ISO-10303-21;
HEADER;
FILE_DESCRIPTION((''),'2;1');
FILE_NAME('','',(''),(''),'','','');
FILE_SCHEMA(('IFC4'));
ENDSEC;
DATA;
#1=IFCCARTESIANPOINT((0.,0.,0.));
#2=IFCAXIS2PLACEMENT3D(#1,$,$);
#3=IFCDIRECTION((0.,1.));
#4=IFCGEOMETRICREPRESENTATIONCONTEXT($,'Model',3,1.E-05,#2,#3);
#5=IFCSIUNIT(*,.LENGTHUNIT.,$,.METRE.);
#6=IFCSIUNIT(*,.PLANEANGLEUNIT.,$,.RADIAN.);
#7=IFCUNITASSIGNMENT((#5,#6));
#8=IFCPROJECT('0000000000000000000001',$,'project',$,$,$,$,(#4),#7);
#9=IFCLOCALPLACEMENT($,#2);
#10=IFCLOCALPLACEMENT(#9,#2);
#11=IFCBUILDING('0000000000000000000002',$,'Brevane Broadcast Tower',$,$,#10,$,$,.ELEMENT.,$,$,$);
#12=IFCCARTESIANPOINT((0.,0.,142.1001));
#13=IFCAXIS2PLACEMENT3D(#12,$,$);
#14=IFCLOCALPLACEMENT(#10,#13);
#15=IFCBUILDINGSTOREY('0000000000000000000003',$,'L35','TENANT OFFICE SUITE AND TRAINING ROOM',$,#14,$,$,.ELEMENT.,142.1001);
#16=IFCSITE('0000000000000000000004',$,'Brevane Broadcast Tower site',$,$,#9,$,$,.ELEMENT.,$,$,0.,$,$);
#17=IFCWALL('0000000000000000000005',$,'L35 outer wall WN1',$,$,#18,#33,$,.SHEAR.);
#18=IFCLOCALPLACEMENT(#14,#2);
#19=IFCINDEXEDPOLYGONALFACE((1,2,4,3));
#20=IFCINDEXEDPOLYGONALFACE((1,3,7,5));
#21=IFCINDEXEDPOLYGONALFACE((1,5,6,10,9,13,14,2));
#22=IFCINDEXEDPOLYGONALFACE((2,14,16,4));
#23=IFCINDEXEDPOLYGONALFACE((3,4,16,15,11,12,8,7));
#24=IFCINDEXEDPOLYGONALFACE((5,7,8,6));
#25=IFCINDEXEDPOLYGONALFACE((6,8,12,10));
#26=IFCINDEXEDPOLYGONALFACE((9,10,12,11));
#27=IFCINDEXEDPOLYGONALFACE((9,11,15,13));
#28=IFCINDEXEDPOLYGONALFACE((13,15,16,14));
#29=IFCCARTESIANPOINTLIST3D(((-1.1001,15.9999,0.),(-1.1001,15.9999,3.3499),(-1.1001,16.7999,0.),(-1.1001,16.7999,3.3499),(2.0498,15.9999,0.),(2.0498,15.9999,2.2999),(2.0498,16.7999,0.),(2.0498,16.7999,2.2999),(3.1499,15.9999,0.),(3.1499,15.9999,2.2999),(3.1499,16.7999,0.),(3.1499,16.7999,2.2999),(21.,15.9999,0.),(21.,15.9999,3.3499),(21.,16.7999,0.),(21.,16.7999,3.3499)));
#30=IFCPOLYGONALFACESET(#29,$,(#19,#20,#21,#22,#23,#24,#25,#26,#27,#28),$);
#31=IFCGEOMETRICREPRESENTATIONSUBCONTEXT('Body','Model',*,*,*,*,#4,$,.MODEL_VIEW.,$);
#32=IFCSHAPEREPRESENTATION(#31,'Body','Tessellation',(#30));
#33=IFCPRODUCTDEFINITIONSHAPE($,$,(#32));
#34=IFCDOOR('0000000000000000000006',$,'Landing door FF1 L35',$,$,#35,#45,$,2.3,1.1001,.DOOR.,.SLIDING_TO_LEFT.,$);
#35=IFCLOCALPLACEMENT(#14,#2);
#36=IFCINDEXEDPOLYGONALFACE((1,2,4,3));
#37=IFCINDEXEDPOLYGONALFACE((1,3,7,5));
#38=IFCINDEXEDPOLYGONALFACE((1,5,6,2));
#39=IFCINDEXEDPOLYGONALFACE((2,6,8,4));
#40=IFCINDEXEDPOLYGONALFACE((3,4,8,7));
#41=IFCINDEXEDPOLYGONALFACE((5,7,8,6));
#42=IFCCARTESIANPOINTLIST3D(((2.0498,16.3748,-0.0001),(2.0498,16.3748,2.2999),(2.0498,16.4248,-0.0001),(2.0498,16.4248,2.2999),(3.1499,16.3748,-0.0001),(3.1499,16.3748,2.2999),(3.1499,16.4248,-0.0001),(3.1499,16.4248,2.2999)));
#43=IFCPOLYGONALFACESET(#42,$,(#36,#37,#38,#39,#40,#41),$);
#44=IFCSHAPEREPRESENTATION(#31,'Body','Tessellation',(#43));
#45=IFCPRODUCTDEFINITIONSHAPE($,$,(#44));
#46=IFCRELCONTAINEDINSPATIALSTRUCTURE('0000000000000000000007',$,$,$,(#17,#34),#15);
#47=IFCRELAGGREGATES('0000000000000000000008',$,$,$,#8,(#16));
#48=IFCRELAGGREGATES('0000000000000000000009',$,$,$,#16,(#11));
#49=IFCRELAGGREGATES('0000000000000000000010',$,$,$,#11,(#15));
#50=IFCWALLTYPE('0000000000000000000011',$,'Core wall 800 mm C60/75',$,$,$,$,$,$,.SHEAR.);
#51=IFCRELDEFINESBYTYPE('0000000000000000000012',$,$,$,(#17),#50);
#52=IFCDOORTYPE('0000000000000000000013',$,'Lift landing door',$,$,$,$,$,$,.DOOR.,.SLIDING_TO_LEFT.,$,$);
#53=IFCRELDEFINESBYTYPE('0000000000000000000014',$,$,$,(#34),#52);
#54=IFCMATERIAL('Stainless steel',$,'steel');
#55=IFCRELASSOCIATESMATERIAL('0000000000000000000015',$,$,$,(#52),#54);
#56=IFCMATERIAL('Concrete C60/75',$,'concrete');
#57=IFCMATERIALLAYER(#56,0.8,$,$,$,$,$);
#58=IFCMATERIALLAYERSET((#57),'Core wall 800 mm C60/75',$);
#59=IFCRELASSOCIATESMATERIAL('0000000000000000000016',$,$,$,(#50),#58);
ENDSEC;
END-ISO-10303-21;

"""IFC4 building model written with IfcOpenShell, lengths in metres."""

from ifc_helpers import new_model, si_unit, direction, frame, frame_2d, origin, place, context, subcontext, project, spatial, rectangle, extrude, material, layer, layer_set, type_object, element, fill, save


model = new_model("IFC4")

# Units and contexts
model_context = context("Model", 3, precision=1e-05, world=origin(), true_north=direction((0.0, 1.0)))
body_context = subcontext(model_context, "Body", "Model", "MODEL_VIEW")
ifc_project = project(units=[si_unit("LENGTHUNIT", "METRE"), si_unit("PLANEANGLEUNIT", "RADIAN")], contexts=[model_context])

# Site, building, storey
site_placement = place(None, origin())
site = spatial("IfcSite", under=ifc_project, at=site_placement, Name="Brevane Broadcast Tower site", CompositionType="ELEMENT", RefElevation=0.0)
building_placement = place(site_placement, origin())
building = spatial("IfcBuilding", under=site, at=building_placement, Name="Brevane Broadcast Tower", CompositionType="ELEMENT")
storey_placement = place(building_placement, frame((0.0, 0.0, 142.1001)))
storey = spatial("IfcBuildingStorey", under=building, at=storey_placement, Name="L35", Description="TENANT OFFICE SUITE AND TRAINING ROOM", CompositionType="ELEMENT", Elevation=142.1001)

# Shared definitions
ifc_material_1 = material(Name="Concrete C60/75", Category="concrete")
ifc_material_2 = material(Name="Stainless steel", Category="steel")
door_type_1 = type_object("IfcDoorType", Name="Lift landing door", OperationType="SLIDING_TO_LEFT", PredefinedType="DOOR", material=ifc_material_2)

# Wall, opening, door
ifc_layer_1 = layer(ifc_material_1, 0.8)
ifc_layer_set_1 = layer_set([ifc_layer_1], Name="Core wall 800 mm C60/75")
wall_type_1 = type_object("IfcWallType", Name="Core wall 800 mm C60/75", PredefinedType="SHEAR", material=ifc_layer_set_1)
wall_1_placement = place(storey_placement, frame((-1.1001, 16.3999, 0.0), z_axis=(0.0, 0.0, 1.0), x_axis=(1.0, 0.0, 0.0)))
wall_1 = element("IfcWall", 1, at=wall_1_placement, inside=storey, type_object=wall_type_1, Name="L35 outer wall WN1", PredefinedType="SHEAR", context=body_context, shape_type="SweptSolid", body=[
    extrude(rectangle(XDim=22.1001, YDim=0.8, at=frame_2d((11.05, 0.0))), origin(), (0.0, 0.0, 1.0), 3.3499),
])
opening_1_placement = place(wall_1_placement, frame((3.1499, 0.0, 0.0)))
opening_1 = element("IfcOpeningElement", 2, at=opening_1_placement, cuts=wall_1, PredefinedType="OPENING", context=body_context, shape_type="SweptSolid", body=[
    extrude(rectangle(XDim=1.1001, YDim=2.3, at=frame_2d((0.55, 1.1499))), frame((0.0, 0.4099, 0.0), z_axis=(0.0, -1.0, 0.0), x_axis=(1.0, 0.0, 0.0)), (0.0, 0.0, 1.0), 0.8201),
])
door_1_placement = place(opening_1_placement, origin())
door_1 = element("IfcDoor", 3, at=door_1_placement, inside=storey, type_object=door_type_1, Name="Landing door FF1 L35", OperationType="SLIDING_TO_LEFT", OverallHeight=2.3, OverallWidth=1.1001, PredefinedType="DOOR", context=body_context, shape_type="SweptSolid", body=[
    extrude(rectangle(XDim=1.1001, YDim=2.3, at=frame_2d((0.55, 1.1499))), frame((0.0, 0.0249, 0.0), z_axis=(0.0, -1.0, 0.0), x_axis=(1.0, 0.0, 0.0)), (0.0, 0.0, 1.0), 0.05),
])
fill(opening_1, door_1)

save(model, "model.ifc")
